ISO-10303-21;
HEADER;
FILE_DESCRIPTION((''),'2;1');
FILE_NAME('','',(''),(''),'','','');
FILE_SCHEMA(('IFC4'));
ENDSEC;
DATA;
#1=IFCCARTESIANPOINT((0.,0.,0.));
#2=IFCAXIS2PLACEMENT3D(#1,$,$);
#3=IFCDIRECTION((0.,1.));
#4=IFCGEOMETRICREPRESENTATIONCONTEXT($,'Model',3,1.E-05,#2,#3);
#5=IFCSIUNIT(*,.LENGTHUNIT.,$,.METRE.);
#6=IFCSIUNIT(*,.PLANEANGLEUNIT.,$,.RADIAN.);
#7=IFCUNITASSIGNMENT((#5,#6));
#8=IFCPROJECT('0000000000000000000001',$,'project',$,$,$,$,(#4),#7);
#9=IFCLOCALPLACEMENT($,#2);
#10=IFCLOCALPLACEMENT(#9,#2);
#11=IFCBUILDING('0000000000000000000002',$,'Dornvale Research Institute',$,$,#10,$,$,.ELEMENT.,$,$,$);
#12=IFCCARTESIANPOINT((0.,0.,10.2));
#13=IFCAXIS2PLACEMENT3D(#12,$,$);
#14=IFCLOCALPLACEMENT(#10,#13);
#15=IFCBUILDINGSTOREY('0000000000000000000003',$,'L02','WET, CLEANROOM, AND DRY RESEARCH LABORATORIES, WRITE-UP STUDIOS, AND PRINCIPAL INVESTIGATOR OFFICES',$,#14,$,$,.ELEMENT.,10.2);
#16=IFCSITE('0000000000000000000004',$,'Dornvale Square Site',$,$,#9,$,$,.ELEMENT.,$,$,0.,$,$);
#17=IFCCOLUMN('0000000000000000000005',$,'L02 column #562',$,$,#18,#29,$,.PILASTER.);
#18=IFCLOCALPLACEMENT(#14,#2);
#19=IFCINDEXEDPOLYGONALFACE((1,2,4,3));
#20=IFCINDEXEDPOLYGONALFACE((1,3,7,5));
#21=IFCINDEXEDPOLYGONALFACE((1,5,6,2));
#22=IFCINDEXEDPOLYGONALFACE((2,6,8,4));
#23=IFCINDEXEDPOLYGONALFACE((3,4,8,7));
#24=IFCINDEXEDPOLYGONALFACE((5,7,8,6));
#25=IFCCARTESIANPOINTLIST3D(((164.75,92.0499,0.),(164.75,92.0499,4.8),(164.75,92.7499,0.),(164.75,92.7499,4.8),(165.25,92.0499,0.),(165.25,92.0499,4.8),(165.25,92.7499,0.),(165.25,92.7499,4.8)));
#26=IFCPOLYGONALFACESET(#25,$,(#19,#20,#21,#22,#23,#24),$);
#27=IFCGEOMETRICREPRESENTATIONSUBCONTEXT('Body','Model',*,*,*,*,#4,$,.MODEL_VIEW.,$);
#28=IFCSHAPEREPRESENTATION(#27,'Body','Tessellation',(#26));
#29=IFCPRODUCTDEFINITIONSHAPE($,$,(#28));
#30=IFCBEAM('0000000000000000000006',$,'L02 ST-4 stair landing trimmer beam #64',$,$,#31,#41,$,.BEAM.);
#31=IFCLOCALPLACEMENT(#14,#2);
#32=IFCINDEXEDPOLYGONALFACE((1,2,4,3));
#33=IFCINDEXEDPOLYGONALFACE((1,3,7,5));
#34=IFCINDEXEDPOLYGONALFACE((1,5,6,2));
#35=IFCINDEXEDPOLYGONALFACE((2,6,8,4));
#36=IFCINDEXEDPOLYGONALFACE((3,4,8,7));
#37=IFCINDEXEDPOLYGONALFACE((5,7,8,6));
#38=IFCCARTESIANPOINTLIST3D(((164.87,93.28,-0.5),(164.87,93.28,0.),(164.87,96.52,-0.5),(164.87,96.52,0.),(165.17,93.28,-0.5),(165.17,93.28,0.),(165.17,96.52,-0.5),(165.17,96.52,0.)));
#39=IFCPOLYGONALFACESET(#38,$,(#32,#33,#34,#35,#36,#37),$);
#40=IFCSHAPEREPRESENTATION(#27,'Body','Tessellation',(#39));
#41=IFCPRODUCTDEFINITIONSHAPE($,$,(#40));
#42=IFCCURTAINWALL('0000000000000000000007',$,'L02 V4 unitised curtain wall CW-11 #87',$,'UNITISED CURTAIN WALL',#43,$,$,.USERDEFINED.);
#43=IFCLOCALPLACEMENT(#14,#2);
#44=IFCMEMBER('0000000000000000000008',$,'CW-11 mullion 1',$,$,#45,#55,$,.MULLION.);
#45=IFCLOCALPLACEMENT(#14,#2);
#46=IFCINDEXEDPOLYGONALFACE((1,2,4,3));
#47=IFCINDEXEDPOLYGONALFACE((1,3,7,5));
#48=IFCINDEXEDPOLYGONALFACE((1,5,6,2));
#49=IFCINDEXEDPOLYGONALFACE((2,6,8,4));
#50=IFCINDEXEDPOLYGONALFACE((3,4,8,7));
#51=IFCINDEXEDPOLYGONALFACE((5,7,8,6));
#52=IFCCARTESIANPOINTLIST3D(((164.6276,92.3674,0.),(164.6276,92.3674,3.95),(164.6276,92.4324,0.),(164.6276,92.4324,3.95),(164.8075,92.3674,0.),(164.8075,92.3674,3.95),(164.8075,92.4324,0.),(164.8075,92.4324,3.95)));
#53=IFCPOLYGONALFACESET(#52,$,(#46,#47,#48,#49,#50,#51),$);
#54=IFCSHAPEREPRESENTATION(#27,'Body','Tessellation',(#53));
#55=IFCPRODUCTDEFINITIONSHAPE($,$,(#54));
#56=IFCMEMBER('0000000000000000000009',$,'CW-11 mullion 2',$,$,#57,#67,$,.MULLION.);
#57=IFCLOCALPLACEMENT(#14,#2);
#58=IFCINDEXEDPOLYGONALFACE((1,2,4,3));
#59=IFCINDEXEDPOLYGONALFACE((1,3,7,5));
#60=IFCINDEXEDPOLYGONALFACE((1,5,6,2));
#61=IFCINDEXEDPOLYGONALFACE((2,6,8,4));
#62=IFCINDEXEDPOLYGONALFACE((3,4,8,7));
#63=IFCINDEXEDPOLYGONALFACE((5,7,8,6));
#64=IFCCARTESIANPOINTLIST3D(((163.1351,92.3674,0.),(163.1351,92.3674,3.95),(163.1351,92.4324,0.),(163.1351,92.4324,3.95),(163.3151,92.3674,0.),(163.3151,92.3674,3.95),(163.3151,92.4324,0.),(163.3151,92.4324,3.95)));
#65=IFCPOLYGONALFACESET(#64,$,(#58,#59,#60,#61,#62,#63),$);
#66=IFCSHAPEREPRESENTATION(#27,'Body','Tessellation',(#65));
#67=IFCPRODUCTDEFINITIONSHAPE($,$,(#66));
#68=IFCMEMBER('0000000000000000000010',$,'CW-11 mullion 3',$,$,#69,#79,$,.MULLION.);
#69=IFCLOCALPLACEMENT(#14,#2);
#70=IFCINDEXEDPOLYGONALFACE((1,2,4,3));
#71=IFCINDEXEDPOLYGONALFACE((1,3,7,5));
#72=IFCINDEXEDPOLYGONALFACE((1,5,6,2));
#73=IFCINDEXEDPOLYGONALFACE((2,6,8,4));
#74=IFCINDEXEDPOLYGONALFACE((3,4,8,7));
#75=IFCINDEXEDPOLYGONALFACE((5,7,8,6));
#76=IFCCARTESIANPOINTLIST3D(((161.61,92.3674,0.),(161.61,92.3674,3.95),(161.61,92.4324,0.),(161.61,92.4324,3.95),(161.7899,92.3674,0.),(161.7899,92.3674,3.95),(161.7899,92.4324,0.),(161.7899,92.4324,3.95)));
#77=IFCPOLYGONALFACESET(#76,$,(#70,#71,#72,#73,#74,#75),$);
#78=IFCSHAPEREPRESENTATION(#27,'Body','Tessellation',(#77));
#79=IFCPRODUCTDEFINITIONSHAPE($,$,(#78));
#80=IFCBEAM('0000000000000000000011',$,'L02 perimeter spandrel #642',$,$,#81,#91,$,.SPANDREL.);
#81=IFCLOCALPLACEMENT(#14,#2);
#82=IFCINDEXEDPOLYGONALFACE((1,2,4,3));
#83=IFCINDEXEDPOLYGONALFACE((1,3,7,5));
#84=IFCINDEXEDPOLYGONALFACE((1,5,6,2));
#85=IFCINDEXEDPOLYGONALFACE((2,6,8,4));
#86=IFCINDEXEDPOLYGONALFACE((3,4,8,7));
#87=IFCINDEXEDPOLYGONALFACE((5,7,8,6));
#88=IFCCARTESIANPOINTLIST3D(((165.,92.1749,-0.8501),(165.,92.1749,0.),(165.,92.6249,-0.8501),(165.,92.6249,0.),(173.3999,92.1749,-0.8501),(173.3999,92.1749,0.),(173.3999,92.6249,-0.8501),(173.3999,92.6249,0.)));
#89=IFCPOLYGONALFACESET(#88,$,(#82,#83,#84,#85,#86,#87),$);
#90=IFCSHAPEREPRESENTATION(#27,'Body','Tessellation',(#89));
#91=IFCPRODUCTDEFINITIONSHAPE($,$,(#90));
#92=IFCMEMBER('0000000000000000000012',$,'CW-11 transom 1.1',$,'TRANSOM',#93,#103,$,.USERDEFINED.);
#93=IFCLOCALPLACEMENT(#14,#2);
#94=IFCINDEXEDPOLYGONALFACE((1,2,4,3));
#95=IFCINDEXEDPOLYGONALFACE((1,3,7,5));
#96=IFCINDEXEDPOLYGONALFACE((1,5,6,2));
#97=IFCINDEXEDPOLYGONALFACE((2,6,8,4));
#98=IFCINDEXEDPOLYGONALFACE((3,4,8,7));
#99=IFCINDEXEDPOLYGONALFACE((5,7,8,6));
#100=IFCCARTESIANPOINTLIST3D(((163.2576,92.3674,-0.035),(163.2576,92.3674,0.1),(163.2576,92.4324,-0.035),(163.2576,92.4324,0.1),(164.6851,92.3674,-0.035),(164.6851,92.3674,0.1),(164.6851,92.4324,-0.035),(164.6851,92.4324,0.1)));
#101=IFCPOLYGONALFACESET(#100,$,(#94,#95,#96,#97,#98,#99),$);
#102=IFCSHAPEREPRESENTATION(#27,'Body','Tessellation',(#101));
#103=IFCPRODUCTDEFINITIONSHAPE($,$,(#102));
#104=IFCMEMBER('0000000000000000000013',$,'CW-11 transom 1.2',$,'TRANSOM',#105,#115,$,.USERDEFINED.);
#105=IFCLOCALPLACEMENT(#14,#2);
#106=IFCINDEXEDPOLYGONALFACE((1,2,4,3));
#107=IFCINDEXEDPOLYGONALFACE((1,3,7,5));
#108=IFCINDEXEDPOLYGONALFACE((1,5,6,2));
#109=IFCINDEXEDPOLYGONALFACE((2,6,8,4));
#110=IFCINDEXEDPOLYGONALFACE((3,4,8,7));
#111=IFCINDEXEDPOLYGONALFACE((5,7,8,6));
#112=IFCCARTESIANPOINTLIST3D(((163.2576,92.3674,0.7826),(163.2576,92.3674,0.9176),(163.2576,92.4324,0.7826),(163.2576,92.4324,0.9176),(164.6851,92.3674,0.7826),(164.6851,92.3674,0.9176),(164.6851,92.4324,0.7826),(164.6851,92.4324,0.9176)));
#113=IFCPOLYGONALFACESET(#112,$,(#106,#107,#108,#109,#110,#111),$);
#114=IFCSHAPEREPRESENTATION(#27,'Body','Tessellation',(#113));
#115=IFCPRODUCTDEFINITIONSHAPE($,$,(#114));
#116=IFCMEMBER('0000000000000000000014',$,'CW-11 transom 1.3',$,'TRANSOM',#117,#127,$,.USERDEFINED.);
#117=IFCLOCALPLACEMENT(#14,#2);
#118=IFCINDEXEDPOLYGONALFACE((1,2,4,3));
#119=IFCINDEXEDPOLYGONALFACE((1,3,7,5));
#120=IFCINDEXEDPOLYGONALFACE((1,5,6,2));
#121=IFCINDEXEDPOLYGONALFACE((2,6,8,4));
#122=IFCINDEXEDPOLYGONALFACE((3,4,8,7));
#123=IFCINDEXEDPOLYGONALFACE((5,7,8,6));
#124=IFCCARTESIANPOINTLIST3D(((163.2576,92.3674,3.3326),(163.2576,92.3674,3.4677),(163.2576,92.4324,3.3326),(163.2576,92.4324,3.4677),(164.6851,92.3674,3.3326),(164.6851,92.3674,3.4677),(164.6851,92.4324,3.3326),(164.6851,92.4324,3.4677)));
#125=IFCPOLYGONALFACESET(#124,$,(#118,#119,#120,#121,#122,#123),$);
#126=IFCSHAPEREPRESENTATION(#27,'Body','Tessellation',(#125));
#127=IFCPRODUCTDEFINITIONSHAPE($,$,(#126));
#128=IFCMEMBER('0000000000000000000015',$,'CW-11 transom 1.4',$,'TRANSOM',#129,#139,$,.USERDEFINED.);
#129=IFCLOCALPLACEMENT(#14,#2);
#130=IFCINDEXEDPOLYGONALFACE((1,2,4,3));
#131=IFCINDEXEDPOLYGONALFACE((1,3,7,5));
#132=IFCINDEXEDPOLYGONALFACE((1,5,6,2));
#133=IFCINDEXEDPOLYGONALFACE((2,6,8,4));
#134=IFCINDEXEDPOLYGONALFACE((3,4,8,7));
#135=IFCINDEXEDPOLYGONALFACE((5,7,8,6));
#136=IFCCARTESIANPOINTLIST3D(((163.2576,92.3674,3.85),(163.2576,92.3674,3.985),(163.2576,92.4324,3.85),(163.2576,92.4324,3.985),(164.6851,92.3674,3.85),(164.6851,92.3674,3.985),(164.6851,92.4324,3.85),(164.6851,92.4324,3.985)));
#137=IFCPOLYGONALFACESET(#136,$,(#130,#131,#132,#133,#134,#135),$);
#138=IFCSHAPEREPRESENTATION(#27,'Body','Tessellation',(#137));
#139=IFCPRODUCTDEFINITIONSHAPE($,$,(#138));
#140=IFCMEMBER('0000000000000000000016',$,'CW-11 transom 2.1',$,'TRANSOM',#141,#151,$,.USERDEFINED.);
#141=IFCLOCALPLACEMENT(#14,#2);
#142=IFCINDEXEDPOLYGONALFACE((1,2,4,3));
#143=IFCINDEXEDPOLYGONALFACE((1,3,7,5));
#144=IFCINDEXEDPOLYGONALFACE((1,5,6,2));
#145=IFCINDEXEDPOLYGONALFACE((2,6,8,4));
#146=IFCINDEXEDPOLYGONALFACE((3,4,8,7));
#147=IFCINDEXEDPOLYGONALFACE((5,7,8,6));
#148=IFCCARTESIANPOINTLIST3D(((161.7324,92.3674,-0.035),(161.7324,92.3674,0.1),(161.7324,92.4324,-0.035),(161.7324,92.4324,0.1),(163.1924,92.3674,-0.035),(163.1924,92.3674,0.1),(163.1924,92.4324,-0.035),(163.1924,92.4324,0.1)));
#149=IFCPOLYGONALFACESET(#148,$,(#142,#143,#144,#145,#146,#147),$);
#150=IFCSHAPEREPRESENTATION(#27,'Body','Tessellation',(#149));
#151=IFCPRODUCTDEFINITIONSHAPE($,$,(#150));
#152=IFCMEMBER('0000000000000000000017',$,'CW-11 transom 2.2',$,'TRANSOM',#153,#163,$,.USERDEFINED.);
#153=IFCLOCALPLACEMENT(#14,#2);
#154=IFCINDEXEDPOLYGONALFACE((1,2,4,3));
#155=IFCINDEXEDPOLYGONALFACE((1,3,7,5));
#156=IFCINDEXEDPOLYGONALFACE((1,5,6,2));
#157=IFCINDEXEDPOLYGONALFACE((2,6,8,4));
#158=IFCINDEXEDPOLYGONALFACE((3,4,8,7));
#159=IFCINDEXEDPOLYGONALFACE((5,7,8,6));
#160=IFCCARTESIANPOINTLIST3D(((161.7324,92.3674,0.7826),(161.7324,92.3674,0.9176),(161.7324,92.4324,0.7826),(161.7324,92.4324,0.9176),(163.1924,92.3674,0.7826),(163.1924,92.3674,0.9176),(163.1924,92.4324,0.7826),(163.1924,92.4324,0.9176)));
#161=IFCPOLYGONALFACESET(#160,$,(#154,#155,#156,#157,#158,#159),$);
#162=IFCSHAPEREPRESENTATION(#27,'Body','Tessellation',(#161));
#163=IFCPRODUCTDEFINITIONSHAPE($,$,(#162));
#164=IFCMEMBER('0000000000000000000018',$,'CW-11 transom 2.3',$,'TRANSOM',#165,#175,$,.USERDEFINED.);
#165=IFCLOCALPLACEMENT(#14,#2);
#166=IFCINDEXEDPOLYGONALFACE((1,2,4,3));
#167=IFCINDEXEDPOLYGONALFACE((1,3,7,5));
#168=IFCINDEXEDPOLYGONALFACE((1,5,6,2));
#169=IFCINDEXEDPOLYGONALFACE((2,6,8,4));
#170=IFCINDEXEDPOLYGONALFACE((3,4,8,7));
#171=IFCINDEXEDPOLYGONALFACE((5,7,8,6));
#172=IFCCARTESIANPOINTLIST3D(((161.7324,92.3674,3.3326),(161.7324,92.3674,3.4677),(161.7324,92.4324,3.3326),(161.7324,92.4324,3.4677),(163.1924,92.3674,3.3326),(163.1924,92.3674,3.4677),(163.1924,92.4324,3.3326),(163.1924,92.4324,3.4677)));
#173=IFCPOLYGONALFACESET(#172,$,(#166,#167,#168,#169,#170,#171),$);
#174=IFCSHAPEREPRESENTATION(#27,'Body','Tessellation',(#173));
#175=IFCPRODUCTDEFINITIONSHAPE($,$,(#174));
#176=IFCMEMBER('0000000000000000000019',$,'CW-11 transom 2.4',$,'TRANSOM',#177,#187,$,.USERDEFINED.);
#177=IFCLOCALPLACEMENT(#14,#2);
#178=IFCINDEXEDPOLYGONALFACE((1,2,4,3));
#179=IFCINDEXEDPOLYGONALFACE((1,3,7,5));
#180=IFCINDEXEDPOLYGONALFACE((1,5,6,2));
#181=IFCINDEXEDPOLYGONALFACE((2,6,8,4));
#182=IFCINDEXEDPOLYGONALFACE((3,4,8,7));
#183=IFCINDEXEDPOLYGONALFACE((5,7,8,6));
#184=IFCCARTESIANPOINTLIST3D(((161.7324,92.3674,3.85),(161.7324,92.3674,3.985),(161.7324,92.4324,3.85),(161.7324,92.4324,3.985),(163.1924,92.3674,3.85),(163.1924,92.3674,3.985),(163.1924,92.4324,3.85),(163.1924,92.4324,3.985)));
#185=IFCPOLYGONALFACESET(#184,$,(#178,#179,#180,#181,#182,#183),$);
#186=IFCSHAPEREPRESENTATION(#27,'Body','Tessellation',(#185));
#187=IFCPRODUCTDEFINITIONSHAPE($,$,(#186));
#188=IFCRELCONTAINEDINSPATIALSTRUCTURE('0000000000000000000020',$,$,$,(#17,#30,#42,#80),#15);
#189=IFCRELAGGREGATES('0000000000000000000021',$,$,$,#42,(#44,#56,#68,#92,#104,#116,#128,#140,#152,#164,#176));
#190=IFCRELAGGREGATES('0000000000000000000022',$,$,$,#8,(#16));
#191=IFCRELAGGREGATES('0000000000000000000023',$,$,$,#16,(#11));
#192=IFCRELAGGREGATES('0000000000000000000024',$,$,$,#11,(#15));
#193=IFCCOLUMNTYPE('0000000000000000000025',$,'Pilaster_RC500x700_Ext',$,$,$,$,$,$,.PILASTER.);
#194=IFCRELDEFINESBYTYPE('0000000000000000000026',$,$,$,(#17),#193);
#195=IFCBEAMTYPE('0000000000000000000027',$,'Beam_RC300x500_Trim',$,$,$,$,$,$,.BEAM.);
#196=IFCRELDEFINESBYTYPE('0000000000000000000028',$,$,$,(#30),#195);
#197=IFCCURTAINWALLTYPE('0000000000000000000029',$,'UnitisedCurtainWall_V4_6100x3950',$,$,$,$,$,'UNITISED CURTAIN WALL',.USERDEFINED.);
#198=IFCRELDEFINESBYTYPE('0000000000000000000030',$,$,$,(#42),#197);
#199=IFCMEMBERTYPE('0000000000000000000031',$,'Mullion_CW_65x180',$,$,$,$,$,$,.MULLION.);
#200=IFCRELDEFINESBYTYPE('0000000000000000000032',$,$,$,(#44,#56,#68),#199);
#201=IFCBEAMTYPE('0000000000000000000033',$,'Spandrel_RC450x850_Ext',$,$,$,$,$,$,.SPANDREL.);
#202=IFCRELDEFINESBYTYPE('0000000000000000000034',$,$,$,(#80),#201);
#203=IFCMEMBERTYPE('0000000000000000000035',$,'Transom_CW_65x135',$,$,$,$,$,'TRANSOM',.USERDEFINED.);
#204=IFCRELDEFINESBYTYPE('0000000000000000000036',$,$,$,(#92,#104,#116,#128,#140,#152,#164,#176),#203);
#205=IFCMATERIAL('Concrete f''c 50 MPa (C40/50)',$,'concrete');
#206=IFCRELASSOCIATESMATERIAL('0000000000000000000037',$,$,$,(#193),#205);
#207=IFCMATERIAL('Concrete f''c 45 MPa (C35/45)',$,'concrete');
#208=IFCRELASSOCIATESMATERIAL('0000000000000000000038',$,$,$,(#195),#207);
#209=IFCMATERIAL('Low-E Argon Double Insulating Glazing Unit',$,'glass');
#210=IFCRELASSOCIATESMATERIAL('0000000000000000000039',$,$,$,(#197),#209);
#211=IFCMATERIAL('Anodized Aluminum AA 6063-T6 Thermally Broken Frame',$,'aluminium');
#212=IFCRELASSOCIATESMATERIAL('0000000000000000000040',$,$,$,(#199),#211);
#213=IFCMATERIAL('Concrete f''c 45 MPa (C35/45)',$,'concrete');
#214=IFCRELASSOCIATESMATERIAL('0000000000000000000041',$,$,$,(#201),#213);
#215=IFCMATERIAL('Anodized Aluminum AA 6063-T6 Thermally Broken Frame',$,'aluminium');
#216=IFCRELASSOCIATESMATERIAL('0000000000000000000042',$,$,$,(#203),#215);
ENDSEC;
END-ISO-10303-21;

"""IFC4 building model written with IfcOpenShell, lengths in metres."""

from ifc_helpers import new_model, si_unit, direction, frame, origin, origin_2d, place, context, subcontext, project, spatial, rectangle, extrude, material, material_profile, profile_set, type_object, element, aggregate, save


model = new_model("IFC4")

# Units and contexts
model_context = context("Model", 3, precision=1e-05, world=origin(), true_north=direction((0.0, 1.0)))
body_context = subcontext(model_context, "Body", "Model", "MODEL_VIEW")
ifc_project = project(units=[si_unit("LENGTHUNIT", "METRE"), si_unit("PLANEANGLEUNIT", "RADIAN")], contexts=[model_context])

# Site, building, storey
site_placement = place(None, origin())
site = spatial("IfcSite", under=ifc_project, at=site_placement, Name="Dornvale Square Site", CompositionType="ELEMENT", RefElevation=0.0)
building_placement = place(site_placement, origin())
building = spatial("IfcBuilding", under=site, at=building_placement, Name="Dornvale Research Institute", CompositionType="ELEMENT")
storey_placement = place(building_placement, frame((0.0, 0.0, 10.2)))
storey = spatial("IfcBuildingStorey", under=building, at=storey_placement, Name="L02", Description="WET, CLEANROOM, AND DRY RESEARCH LABORATORIES, WRITE-UP STUDIOS, AND PRINCIPAL INVESTIGATOR OFFICES", CompositionType="ELEMENT", Elevation=10.2)

# Column
ifc_material_1 = material(Name="Concrete f'c 50 MPa (C40/50)", Category="concrete")
ifc_material_profile_1 = material_profile(ifc_material_1, rectangle(XDim=0.5, YDim=0.7, at=origin_2d()), Name="RC 500x700")
ifc_profile_set_1 = profile_set([ifc_material_profile_1], Name="Concrete f'c 50 MPa (C40/50)")
column_type = type_object("IfcColumnType", Name="Pilaster_RC500x700_Ext", PredefinedType="PILASTER", material=ifc_profile_set_1)
column_placement = place(storey_placement, frame((165.0, 92.3999, 0.0), z_axis=(0.0, 0.0, 1.0), x_axis=(1.0, 0.0, 0.0)))
element("IfcColumn", 1, at=column_placement, inside=storey, type_object=column_type, Name="L02 column #562", PredefinedType="PILASTER", context=body_context, shape_type="SweptSolid", body=[
    extrude(rectangle(XDim=0.5, YDim=0.7, at=origin_2d()), origin(), (0.0, 0.0, 1.0), 4.8),
])

# Beam
ifc_material_2 = material(Name="Concrete f'c 45 MPa (C35/45)", Category="concrete")
ifc_material_profile_2 = material_profile(ifc_material_2, rectangle(XDim=0.3, YDim=0.5, at=origin_2d()), Name="RC 300x500")
ifc_profile_set_2 = profile_set([ifc_material_profile_2], Name="Concrete f'c 45 MPa (C35/45)")
beam_type_1 = type_object("IfcBeamType", Name="Beam_RC300x500_Trim", PredefinedType="BEAM", material=ifc_profile_set_2)
beam_1_placement = place(storey_placement, frame((165.02, 93.28, -0.25), z_axis=(0.0, 1.0, 0.0), x_axis=(-1.0, 0.0, 0.0)))
element("IfcBeam", 2, at=beam_1_placement, inside=storey, type_object=beam_type_1, Name="L02 ST-4 stair landing trimmer beam #64", PredefinedType="BEAM", context=body_context, shape_type="SweptSolid", body=[
    extrude(rectangle(XDim=0.3, YDim=0.5, at=origin_2d()), origin(), (0.0, 0.0, 1.0), 3.24),
])

# Curtain wall, members
ifc_material_3 = material(Name="Low-E Argon Double Insulating Glazing Unit", Category="glass")
curtain_wall_type = type_object("IfcCurtainWallType", Name="UnitisedCurtainWall_V4_6100x3950", ElementType="UNITISED CURTAIN WALL", PredefinedType="USERDEFINED", material=ifc_material_3)
curtain_wall_placement = place(storey_placement, origin())
curtain_wall = element("IfcCurtainWall", 3, at=curtain_wall_placement, inside=storey, type_object=curtain_wall_type, Name="L02 V4 unitised curtain wall CW-11 #87", ObjectType="UNITISED CURTAIN WALL", PredefinedType="USERDEFINED")
ifc_material_4 = material(Name="Anodized Aluminum AA 6063-T6 Thermally Broken Frame", Category="aluminium")
ifc_material_profile_3 = material_profile(ifc_material_4, rectangle(XDim=0.0649, YDim=0.1799, at=origin_2d()), Name="ALU MULLION 65x180")
ifc_profile_set_3 = profile_set([ifc_material_profile_3], Name="Anodized Aluminum AA 6063-T6 Thermally Broken Frame")
member_type_1 = type_object("IfcMemberType", Name="Mullion_CW_65x180", PredefinedType="MULLION", material=ifc_profile_set_3)
member_1_placement = place(storey_placement, frame((164.7175, 92.3999, 0.0), z_axis=(0.0, 0.0, 1.0), x_axis=(0.0, -1.0, 0.0)))
member_1 = element("IfcMember", 4, at=member_1_placement, type_object=member_type_1, Name="CW-11 mullion 1", PredefinedType="MULLION", context=body_context, shape_type="SweptSolid", body=[
    extrude(rectangle(XDim=0.0649, YDim=0.1799, at=origin_2d()), origin(), (0.0, 0.0, 1.0), 3.95),
])
member_2_placement = place(storey_placement, frame((163.2251, 92.3999, 0.0), z_axis=(0.0, 0.0, 1.0), x_axis=(0.0, -1.0, 0.0)))
member_2 = element("IfcMember", 5, at=member_2_placement, type_object=member_type_1, Name="CW-11 mullion 2", PredefinedType="MULLION", context=body_context, shape_type="SweptSolid", body=[
    extrude(rectangle(XDim=0.0649, YDim=0.1799, at=origin_2d()), origin(), (0.0, 0.0, 1.0), 3.95),
])
member_3_placement = place(storey_placement, frame((161.7, 92.3999, 0.0), z_axis=(0.0, 0.0, 1.0), x_axis=(0.0, -1.0, 0.0)))
member_3 = element("IfcMember", 6, at=member_3_placement, type_object=member_type_1, Name="CW-11 mullion 3", PredefinedType="MULLION", context=body_context, shape_type="SweptSolid", body=[
    extrude(rectangle(XDim=0.0649, YDim=0.1799, at=origin_2d()), origin(), (0.0, 0.0, 1.0), 3.95),
])

# Beam
ifc_material_5 = material(Name="Concrete f'c 45 MPa (C35/45)", Category="concrete")
ifc_material_profile_4 = material_profile(ifc_material_5, rectangle(XDim=0.45, YDim=0.8501, at=origin_2d()), Name="RC 450x850")
ifc_profile_set_4 = profile_set([ifc_material_profile_4], Name="Concrete f'c 45 MPa (C35/45)")
beam_type_2 = type_object("IfcBeamType", Name="Spandrel_RC450x850_Ext", PredefinedType="SPANDREL", material=ifc_profile_set_4)
beam_2_placement = place(storey_placement, frame((165.0, 92.3999, -0.425), z_axis=(1.0, 0.0, 0.0), x_axis=(0.0, 1.0, 0.0)))
element("IfcBeam", 7, at=beam_2_placement, inside=storey, type_object=beam_type_2, Name="L02 perimeter spandrel #642", PredefinedType="SPANDREL", context=body_context, shape_type="SweptSolid", body=[
    extrude(rectangle(XDim=0.45, YDim=0.8501, at=origin_2d()), origin(), (0.0, 0.0, 1.0), 8.3999),
])

# Members
ifc_material_6 = material(Name="Anodized Aluminum AA 6063-T6 Thermally Broken Frame", Category="aluminium")
ifc_material_profile_5 = material_profile(ifc_material_6, rectangle(XDim=0.0649, YDim=0.135, at=origin_2d()), Name="ALU TRANSOM 65x135")
ifc_profile_set_5 = profile_set([ifc_material_profile_5], Name="Anodized Aluminum AA 6063-T6 Thermally Broken Frame")
member_type_2 = type_object("IfcMemberType", Name="Transom_CW_65x135", ElementType="TRANSOM", PredefinedType="USERDEFINED", material=ifc_profile_set_5)
member_4_placement = place(storey_placement, frame((164.6851, 92.3999, 0.0325), z_axis=(-1.0, 0.0, 0.0), x_axis=(0.0, -1.0, 0.0)))
member_4 = element("IfcMember", 8, at=member_4_placement, type_object=member_type_2, Name="CW-11 transom 1.1", ObjectType="TRANSOM", PredefinedType="USERDEFINED", context=body_context, shape_type="SweptSolid", body=[
    extrude(rectangle(XDim=0.0649, YDim=0.135, at=origin_2d()), origin(), (0.0, 0.0, 1.0), 1.4275),
])
member_5_placement = place(storey_placement, frame((164.6851, 92.3999, 0.8501), z_axis=(-1.0, 0.0, 0.0), x_axis=(0.0, -1.0, 0.0)))
member_5 = element("IfcMember", 9, at=member_5_placement, type_object=member_type_2, Name="CW-11 transom 1.2", ObjectType="TRANSOM", PredefinedType="USERDEFINED", context=body_context, shape_type="SweptSolid", body=[
    extrude(rectangle(XDim=0.0649, YDim=0.135, at=origin_2d()), origin(), (0.0, 0.0, 1.0), 1.4275),
])
member_6_placement = place(storey_placement, frame((164.6851, 92.3999, 3.4001), z_axis=(-1.0, 0.0, 0.0), x_axis=(0.0, -1.0, 0.0)))
member_6 = element("IfcMember", 10, at=member_6_placement, type_object=member_type_2, Name="CW-11 transom 1.3", ObjectType="TRANSOM", PredefinedType="USERDEFINED", context=body_context, shape_type="SweptSolid", body=[
    extrude(rectangle(XDim=0.0649, YDim=0.135, at=origin_2d()), origin(), (0.0, 0.0, 1.0), 1.4275),
])
member_7_placement = place(storey_placement, frame((164.6851, 92.3999, 3.9175), z_axis=(-1.0, 0.0, 0.0), x_axis=(0.0, -1.0, 0.0)))
member_7 = element("IfcMember", 11, at=member_7_placement, type_object=member_type_2, Name="CW-11 transom 1.4", ObjectType="TRANSOM", PredefinedType="USERDEFINED", context=body_context, shape_type="SweptSolid", body=[
    extrude(rectangle(XDim=0.0649, YDim=0.135, at=origin_2d()), origin(), (0.0, 0.0, 1.0), 1.4275),
])
member_8_placement = place(storey_placement, frame((163.1924, 92.3999, 0.0325), z_axis=(-1.0, 0.0, 0.0), x_axis=(0.0, -1.0, 0.0)))
member_8 = element("IfcMember", 12, at=member_8_placement, type_object=member_type_2, Name="CW-11 transom 2.1", ObjectType="TRANSOM", PredefinedType="USERDEFINED", context=body_context, shape_type="SweptSolid", body=[
    extrude(rectangle(XDim=0.0649, YDim=0.135, at=origin_2d()), origin(), (0.0, 0.0, 1.0), 1.46),
])
member_9_placement = place(storey_placement, frame((163.1924, 92.3999, 0.8501), z_axis=(-1.0, 0.0, 0.0), x_axis=(0.0, -1.0, 0.0)))
member_9 = element("IfcMember", 13, at=member_9_placement, type_object=member_type_2, Name="CW-11 transom 2.2", ObjectType="TRANSOM", PredefinedType="USERDEFINED", context=body_context, shape_type="SweptSolid", body=[
    extrude(rectangle(XDim=0.0649, YDim=0.135, at=origin_2d()), origin(), (0.0, 0.0, 1.0), 1.46),
])
member_10_placement = place(storey_placement, frame((163.1924, 92.3999, 3.4001), z_axis=(-1.0, 0.0, 0.0), x_axis=(0.0, -1.0, 0.0)))
member_10 = element("IfcMember", 14, at=member_10_placement, type_object=member_type_2, Name="CW-11 transom 2.3", ObjectType="TRANSOM", PredefinedType="USERDEFINED", context=body_context, shape_type="SweptSolid", body=[
    extrude(rectangle(XDim=0.0649, YDim=0.135, at=origin_2d()), origin(), (0.0, 0.0, 1.0), 1.46),
])
member_11_placement = place(storey_placement, frame((163.1924, 92.3999, 3.9175), z_axis=(-1.0, 0.0, 0.0), x_axis=(0.0, -1.0, 0.0)))
member_11 = element("IfcMember", 15, at=member_11_placement, type_object=member_type_2, Name="CW-11 transom 2.4", ObjectType="TRANSOM", PredefinedType="USERDEFINED", context=body_context, shape_type="SweptSolid", body=[
    extrude(rectangle(XDim=0.0649, YDim=0.135, at=origin_2d()), origin(), (0.0, 0.0, 1.0), 1.46),
])

aggregate(curtain_wall, [member_1, member_2, member_3, member_4, member_5, member_6, member_7, member_8, member_9, member_10, member_11])

save(model, "model.ifc")
